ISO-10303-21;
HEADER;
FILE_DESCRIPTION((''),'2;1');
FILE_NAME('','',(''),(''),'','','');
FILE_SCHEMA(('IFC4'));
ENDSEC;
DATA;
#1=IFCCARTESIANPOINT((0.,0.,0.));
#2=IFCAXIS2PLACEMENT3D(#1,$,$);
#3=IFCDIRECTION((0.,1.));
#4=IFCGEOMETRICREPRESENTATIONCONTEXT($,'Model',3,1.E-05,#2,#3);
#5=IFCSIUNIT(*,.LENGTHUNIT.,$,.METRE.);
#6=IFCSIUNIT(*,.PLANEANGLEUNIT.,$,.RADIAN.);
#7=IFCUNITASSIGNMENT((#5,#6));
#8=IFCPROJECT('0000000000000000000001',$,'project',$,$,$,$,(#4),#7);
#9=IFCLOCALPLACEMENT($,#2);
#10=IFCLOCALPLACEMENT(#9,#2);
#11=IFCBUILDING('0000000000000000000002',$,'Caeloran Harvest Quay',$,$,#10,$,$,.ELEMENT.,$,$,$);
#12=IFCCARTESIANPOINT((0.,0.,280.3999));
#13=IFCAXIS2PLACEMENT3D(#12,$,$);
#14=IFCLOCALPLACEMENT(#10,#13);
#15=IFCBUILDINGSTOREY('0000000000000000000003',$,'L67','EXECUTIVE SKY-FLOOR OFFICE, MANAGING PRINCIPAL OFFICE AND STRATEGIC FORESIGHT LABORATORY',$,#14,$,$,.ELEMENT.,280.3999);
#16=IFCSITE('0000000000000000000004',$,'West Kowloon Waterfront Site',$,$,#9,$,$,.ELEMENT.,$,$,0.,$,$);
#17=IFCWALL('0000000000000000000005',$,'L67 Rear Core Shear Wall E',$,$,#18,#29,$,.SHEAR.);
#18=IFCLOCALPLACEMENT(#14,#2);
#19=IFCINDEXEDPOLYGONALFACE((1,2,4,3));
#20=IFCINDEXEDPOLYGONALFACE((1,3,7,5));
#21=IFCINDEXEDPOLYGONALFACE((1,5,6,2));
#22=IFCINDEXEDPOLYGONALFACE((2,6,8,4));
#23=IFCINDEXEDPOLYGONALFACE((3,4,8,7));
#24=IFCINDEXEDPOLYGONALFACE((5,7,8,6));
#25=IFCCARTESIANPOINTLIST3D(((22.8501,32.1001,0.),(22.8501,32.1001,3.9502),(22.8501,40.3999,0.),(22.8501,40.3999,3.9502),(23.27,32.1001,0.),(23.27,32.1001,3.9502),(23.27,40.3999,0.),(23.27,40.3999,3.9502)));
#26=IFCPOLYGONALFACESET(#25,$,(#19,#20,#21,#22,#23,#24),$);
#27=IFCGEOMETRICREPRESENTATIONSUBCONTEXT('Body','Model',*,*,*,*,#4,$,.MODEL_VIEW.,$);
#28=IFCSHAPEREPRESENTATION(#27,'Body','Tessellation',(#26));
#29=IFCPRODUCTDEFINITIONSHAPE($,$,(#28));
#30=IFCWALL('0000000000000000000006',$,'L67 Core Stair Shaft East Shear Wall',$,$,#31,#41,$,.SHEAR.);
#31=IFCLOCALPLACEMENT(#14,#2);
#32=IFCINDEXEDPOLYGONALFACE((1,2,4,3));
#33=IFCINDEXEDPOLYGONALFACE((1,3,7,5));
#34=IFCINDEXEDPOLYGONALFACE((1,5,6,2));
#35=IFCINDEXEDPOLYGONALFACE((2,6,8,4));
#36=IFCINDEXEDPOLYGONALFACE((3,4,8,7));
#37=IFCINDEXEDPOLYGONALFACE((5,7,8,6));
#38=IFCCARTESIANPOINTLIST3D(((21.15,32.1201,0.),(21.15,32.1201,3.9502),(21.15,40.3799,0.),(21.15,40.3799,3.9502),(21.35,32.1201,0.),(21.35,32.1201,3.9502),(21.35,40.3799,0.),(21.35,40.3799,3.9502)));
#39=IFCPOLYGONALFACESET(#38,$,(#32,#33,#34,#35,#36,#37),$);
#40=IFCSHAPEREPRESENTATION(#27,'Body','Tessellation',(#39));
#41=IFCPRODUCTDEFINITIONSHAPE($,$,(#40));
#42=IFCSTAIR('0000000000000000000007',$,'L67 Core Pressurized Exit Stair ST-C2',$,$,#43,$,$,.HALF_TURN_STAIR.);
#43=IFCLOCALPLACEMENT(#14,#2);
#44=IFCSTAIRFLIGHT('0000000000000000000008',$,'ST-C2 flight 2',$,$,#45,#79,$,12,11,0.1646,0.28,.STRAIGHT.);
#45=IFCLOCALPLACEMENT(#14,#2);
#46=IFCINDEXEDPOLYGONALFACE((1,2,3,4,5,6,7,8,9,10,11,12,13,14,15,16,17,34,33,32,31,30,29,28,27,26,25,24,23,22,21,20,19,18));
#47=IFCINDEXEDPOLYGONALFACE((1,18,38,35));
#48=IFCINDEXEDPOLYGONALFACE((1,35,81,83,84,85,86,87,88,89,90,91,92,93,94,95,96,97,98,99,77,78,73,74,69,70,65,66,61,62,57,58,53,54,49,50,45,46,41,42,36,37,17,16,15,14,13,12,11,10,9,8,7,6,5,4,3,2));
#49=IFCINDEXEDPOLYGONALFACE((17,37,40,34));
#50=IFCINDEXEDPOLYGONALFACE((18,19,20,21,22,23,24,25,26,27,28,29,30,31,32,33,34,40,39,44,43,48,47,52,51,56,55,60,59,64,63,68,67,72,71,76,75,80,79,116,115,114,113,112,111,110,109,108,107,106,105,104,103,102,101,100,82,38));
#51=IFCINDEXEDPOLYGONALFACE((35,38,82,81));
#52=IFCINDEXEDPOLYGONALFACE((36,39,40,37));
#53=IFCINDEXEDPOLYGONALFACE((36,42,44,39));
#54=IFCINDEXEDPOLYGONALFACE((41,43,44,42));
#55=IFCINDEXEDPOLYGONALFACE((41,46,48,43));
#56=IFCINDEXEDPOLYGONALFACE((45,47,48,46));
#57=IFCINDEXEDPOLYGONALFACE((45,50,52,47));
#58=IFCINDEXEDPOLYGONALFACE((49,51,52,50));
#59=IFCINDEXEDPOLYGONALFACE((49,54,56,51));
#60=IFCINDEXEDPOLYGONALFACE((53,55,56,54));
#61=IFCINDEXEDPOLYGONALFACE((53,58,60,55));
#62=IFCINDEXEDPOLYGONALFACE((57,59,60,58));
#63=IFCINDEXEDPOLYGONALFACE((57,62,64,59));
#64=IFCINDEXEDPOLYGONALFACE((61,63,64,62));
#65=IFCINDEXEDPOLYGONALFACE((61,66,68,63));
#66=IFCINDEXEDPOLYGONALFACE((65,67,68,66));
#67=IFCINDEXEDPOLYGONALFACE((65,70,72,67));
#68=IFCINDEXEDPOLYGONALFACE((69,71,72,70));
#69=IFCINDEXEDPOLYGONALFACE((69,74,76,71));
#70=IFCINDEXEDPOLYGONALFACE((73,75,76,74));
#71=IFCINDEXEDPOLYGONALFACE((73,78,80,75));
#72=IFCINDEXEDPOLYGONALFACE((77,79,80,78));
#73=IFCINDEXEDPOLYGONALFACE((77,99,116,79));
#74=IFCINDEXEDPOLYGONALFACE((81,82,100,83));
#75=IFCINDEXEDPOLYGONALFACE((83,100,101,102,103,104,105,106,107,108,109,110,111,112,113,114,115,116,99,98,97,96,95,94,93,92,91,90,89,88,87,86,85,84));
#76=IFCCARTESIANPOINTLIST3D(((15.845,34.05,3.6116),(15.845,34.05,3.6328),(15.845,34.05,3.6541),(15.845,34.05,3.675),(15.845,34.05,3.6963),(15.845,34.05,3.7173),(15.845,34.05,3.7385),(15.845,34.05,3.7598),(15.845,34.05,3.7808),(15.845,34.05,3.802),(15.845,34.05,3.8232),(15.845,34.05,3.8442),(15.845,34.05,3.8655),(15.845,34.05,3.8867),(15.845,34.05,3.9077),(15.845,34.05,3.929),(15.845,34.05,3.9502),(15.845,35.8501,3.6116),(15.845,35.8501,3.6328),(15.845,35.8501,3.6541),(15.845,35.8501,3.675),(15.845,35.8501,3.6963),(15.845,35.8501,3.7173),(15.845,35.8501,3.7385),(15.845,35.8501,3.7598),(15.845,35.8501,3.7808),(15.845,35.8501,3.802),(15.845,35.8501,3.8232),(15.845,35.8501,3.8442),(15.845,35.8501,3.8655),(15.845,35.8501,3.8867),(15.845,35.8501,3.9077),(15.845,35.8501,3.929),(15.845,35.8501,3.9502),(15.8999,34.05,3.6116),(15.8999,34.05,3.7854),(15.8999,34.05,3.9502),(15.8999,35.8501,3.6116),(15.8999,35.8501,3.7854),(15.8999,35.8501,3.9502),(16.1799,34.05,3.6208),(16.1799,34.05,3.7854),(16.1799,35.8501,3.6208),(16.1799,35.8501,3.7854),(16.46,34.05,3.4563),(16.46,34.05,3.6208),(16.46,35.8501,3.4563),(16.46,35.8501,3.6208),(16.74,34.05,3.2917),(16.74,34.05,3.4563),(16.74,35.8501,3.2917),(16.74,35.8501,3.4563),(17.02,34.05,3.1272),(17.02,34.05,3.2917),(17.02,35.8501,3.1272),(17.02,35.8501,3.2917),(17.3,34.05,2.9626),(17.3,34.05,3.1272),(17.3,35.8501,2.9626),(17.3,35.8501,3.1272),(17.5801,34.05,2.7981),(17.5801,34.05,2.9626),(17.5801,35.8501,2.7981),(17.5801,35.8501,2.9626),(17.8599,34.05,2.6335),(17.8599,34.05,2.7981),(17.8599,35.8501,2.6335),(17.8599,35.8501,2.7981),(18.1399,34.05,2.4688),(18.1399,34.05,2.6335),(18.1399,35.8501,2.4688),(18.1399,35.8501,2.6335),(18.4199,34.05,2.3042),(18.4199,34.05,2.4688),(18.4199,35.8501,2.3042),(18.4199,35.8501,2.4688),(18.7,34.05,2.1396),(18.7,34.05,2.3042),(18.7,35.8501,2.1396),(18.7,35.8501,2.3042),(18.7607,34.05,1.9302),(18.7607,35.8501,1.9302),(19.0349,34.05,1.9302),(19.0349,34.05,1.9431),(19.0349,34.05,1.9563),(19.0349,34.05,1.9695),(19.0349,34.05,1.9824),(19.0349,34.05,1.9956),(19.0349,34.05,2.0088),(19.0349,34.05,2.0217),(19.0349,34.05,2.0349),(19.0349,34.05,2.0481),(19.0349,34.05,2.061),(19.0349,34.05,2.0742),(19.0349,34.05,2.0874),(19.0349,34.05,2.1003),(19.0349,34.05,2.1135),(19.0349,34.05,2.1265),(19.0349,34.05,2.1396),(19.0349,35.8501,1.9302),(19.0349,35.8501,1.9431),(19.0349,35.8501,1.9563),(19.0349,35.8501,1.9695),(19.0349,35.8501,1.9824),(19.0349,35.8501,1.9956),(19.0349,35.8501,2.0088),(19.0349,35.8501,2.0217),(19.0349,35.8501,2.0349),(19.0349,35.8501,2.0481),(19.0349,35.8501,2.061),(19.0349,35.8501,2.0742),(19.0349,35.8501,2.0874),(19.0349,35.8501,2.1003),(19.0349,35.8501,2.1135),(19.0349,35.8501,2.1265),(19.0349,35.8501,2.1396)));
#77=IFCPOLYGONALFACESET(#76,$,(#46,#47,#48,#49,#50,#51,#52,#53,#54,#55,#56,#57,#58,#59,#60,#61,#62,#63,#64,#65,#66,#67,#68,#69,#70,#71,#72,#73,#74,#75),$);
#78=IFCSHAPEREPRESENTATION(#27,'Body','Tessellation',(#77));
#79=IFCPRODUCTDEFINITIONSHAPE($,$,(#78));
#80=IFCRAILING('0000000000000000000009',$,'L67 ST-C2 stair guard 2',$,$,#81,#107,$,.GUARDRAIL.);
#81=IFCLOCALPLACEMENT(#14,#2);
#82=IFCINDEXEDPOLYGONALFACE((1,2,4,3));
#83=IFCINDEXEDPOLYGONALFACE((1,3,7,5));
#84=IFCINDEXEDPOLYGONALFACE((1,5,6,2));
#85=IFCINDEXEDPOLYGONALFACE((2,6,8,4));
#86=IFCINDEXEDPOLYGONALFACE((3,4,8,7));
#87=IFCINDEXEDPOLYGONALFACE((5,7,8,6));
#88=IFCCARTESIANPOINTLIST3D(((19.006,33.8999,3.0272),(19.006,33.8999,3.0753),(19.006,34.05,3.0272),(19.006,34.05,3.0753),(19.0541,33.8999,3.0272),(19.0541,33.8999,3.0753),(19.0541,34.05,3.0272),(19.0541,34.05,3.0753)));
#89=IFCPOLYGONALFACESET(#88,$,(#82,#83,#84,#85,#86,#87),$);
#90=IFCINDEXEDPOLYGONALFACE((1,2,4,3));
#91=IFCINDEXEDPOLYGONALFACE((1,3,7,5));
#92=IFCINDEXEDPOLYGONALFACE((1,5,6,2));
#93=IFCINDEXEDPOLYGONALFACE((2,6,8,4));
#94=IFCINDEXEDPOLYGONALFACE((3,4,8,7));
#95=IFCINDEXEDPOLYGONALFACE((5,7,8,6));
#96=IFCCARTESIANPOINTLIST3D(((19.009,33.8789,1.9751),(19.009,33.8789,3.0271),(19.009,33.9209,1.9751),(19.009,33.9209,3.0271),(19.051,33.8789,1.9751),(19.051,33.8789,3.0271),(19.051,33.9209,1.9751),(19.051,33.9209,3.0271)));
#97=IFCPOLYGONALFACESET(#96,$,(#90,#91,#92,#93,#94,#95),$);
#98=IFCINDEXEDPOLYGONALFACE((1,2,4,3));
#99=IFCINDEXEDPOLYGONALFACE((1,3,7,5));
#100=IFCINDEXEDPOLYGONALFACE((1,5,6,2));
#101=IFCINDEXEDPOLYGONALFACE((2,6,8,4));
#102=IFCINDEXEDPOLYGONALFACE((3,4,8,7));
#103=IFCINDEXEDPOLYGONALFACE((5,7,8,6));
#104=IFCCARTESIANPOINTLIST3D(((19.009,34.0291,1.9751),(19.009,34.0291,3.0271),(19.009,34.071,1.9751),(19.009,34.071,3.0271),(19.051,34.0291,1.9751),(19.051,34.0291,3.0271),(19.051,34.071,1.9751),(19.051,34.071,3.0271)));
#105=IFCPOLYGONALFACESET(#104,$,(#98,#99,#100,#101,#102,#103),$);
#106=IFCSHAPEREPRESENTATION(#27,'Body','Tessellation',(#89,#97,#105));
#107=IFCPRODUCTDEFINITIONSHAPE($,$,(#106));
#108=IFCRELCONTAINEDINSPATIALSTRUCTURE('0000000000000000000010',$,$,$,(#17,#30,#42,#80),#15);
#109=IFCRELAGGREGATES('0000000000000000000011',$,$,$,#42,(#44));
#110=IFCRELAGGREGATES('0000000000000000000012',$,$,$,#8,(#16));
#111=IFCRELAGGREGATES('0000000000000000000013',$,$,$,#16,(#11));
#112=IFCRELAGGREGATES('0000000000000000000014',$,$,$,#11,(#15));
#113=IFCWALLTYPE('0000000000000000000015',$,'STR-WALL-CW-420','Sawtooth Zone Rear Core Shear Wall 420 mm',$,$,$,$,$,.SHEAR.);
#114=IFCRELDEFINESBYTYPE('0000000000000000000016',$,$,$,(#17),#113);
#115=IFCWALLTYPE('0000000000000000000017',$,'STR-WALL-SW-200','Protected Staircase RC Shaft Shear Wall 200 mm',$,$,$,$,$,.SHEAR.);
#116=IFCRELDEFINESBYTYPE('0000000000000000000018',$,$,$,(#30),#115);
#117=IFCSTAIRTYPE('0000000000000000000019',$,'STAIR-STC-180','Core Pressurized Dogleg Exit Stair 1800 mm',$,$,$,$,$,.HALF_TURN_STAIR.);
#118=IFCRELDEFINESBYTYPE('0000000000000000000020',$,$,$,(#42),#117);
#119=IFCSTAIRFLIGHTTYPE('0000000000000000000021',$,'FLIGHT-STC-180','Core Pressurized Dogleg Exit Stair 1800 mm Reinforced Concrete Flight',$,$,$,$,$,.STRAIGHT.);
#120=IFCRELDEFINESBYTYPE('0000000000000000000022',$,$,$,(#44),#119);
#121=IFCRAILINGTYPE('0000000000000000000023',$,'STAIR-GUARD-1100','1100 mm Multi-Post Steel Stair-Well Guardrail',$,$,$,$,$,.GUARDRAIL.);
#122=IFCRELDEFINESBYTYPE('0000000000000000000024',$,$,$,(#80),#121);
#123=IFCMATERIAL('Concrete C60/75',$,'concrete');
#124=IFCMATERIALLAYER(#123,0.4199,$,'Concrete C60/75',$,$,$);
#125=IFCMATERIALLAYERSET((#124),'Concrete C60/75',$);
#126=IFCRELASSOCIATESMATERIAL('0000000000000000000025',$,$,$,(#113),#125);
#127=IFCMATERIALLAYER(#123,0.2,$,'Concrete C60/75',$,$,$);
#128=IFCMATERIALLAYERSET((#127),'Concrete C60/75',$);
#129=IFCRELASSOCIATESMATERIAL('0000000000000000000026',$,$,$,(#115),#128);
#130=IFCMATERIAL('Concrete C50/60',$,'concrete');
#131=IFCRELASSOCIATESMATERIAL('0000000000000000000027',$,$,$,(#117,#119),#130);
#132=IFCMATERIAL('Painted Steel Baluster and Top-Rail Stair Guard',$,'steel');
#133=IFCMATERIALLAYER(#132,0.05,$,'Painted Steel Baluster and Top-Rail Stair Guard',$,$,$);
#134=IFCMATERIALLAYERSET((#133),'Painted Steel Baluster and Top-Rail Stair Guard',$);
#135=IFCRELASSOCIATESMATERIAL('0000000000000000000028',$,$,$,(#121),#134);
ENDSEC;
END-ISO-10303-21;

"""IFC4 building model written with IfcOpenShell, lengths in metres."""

from ifc_helpers import new_model, si_unit, direction, frame, frame_2d, origin, origin_2d, place, context, subcontext, project, spatial, polyline, rectangle, outline, extrude, material, layer, layer_set, type_object, element, aggregate, save


model = new_model("IFC4")

# Units and contexts
model_context = context("Model", 3, precision=1e-05, world=origin(), true_north=direction((0.0, 1.0)))
body_context = subcontext(model_context, "Body", "Model", "MODEL_VIEW")
ifc_project = project(units=[si_unit("LENGTHUNIT", "METRE"), si_unit("PLANEANGLEUNIT", "RADIAN")], contexts=[model_context])

# Site, building, storey
site_placement = place(None, origin())
site = spatial("IfcSite", under=ifc_project, at=site_placement, Name="West Kowloon Waterfront Site", CompositionType="ELEMENT", RefElevation=0.0)
building_placement = place(site_placement, origin())
building = spatial("IfcBuilding", under=site, at=building_placement, Name="Caeloran Harvest Quay", CompositionType="ELEMENT")
storey_placement = place(building_placement, frame((0.0, 0.0, 280.3999)))
storey = spatial("IfcBuildingStorey", under=building, at=storey_placement, Name="L67", Description="EXECUTIVE SKY-FLOOR OFFICE, MANAGING PRINCIPAL OFFICE AND STRATEGIC FORESIGHT LABORATORY", CompositionType="ELEMENT", Elevation=280.3999)

# Shared definitions
ifc_material_1 = material(Name="Concrete C60/75", Category="concrete")

# Walls
ifc_layer_1 = layer(ifc_material_1, 0.4199, Name="Concrete C60/75")
ifc_layer_set_1 = layer_set([ifc_layer_1], Name="Concrete C60/75")
wall_type_1 = type_object("IfcWallType", Name="STR-WALL-CW-420", Description="Sawtooth Zone Rear Core Shear Wall 420 mm", PredefinedType="SHEAR", material=ifc_layer_set_1)
wall_1_placement = place(storey_placement, frame((23.0601, 32.1001, 0.0), z_axis=(0.0, 0.0, 1.0), x_axis=(0.0, 1.0, 0.0)))
element("IfcWall", 1, at=wall_1_placement, inside=storey, type_object=wall_type_1, Name="L67 Rear Core Shear Wall E", PredefinedType="SHEAR", context=body_context, shape_type="SweptSolid", body=[
    extrude(rectangle(XDim=8.2998, YDim=0.4199, at=frame_2d((4.1499, 0.0))), origin(), (0.0, 0.0, 1.0), 3.9502),
])
ifc_layer_2 = layer(ifc_material_1, 0.2, Name="Concrete C60/75")
ifc_layer_set_2 = layer_set([ifc_layer_2], Name="Concrete C60/75")
wall_type_2 = type_object("IfcWallType", Name="STR-WALL-SW-200", Description="Protected Staircase RC Shaft Shear Wall 200 mm", PredefinedType="SHEAR", material=ifc_layer_set_2)
wall_2_placement = place(storey_placement, frame((21.25, 32.1201, 0.0), z_axis=(0.0, 0.0, 1.0), x_axis=(0.0, 1.0, 0.0)))
element("IfcWall", 2, at=wall_2_placement, inside=storey, type_object=wall_type_2, Name="L67 Core Stair Shaft East Shear Wall", PredefinedType="SHEAR", context=body_context, shape_type="SweptSolid", body=[
    extrude(rectangle(XDim=8.2598, YDim=0.2, at=frame_2d((4.1299, 0.0))), origin(), (0.0, 0.0, 1.0), 3.9502),
])

# Stair, stair flight
ifc_material_2 = material(Name="Concrete C50/60", Category="concrete")
stair_type = type_object("IfcStairType", Name="STAIR-STC-180", Description="Core Pressurized Dogleg Exit Stair 1800 mm", PredefinedType="HALF_TURN_STAIR", material=ifc_material_2)
stair_placement = place(storey_placement, origin())
stair = element("IfcStair", 3, at=stair_placement, inside=storey, type_object=stair_type, Name="L67 Core Pressurized Exit Stair ST-C2", PredefinedType="HALF_TURN_STAIR")
stair_flight_type = type_object("IfcStairFlightType", Name="FLIGHT-STC-180", Description="Core Pressurized Dogleg Exit Stair 1800 mm Reinforced Concrete Flight", PredefinedType="STRAIGHT", material=ifc_material_2)
stair_flight_placement = place(storey_placement, frame((18.98, 34.95, 1.9751), z_axis=(0.0, 0.0, 1.0), x_axis=(-1.0, 0.0, 0.0)))
stair_flight = element("IfcStairFlight", 4, at=stair_flight_placement, type_object=stair_flight_type, Name="ST-C2 flight 2", NumberOfRisers=12, NumberOfTreads=11, PredefinedType="STRAIGHT", RiserHeight=0.1646, TreadLength=0.28, context=body_context, shape_type="SweptSolid", body=[
    extrude(outline(polyline([(-0.0549, -0.0449), (-0.0549, -0.032), (-0.0549, -0.0188), (-0.0549, -0.0056), (-0.0549, 0.0073), (-0.0549, 0.0205), (-0.0549, 0.0337), (-0.0549, 0.0466), (-0.0549, 0.0598), (-0.0549, 0.073), (-0.0549, 0.0859), (-0.0549, 0.0991), (-0.0549, 0.1123), (-0.0549, 0.1252), (-0.0549, 0.1384), (-0.0549, 0.1514), (-0.0549, 0.1646), (0.28, 0.1646), (0.28, 0.3291), (0.5601, 0.3291), (0.5601, 0.4937), (0.8401, 0.4937), (0.8401, 0.6584), (1.1201, 0.6584), (1.1201, 0.823), (1.3999, 0.823), (1.3999, 0.9875), (1.6799, 0.9875), (1.6799, 1.1521), (1.96, 1.1521), (1.96, 1.3167), (2.24, 1.3167), (2.24, 1.4812), (2.52, 1.4812), (2.52, 1.6458), (2.8, 1.6458), (2.8, 1.8103), (3.0801, 1.8103), (3.0801, 1.9751), (3.135, 1.9751), (3.135, 1.9539), (3.135, 1.9326), (3.135, 1.9116), (3.135, 1.8904), (3.135, 1.8691), (3.135, 1.8481), (3.135, 1.8269), (3.135, 1.8057), (3.135, 1.7847), (3.135, 1.7634), (3.135, 1.7422), (3.135, 1.7212), (3.135, 1.7), (3.135, 1.679), (3.135, 1.6577), (3.135, 1.6365), (3.0801, 1.6365), (0.2192, -0.0449), (-0.0549, -0.0449)])), frame((0.0, 0.8999, 0.0), z_axis=(0.0, -1.0, 0.0), x_axis=(1.0, 0.0, 0.0)), (0.0, 0.0, 1.0), 1.8),
])
aggregate(stair, [stair_flight])

# Railing
ifc_material_3 = material(Name="Painted Steel Baluster and Top-Rail Stair Guard", Category="steel")
ifc_layer_3 = layer(ifc_material_3, 0.05, Name="Painted Steel Baluster and Top-Rail Stair Guard")
ifc_layer_set_3 = layer_set([ifc_layer_3], Name="Painted Steel Baluster and Top-Rail Stair Guard")
railing_type = type_object("IfcRailingType", Name="STAIR-GUARD-1100", Description="1100 mm Multi-Post Steel Stair-Well Guardrail", PredefinedType="GUARDRAIL", material=ifc_layer_set_3)
railing_placement = place(storey_placement, frame((19.03, 33.8999, 1.9751)))
element("IfcRailing", 5, at=railing_placement, inside=storey, type_object=railing_type, Name="L67 ST-C2 stair guard 2", PredefinedType="GUARDRAIL", context=body_context, shape_type="SweptSolid", body=[
    extrude(rectangle(XDim=0.0481, YDim=0.0481, at=origin_2d()), frame((0.0, 0.0, 1.0762), z_axis=(0.0, 1.0, 0.0), x_axis=(-1.0, 0.0, 0.0)), (0.0, 0.0, 1.0), 0.1501),
    extrude(rectangle(XDim=0.042, YDim=0.042, at=origin_2d()), origin(), (0.0, 0.0, 1.0), 1.052),
    extrude(rectangle(XDim=0.042, YDim=0.042, at=origin_2d()), frame((0.0, 0.1501, 0.0)), (0.0, 0.0, 1.0), 1.052),
])

save(model, "model.ifc")
